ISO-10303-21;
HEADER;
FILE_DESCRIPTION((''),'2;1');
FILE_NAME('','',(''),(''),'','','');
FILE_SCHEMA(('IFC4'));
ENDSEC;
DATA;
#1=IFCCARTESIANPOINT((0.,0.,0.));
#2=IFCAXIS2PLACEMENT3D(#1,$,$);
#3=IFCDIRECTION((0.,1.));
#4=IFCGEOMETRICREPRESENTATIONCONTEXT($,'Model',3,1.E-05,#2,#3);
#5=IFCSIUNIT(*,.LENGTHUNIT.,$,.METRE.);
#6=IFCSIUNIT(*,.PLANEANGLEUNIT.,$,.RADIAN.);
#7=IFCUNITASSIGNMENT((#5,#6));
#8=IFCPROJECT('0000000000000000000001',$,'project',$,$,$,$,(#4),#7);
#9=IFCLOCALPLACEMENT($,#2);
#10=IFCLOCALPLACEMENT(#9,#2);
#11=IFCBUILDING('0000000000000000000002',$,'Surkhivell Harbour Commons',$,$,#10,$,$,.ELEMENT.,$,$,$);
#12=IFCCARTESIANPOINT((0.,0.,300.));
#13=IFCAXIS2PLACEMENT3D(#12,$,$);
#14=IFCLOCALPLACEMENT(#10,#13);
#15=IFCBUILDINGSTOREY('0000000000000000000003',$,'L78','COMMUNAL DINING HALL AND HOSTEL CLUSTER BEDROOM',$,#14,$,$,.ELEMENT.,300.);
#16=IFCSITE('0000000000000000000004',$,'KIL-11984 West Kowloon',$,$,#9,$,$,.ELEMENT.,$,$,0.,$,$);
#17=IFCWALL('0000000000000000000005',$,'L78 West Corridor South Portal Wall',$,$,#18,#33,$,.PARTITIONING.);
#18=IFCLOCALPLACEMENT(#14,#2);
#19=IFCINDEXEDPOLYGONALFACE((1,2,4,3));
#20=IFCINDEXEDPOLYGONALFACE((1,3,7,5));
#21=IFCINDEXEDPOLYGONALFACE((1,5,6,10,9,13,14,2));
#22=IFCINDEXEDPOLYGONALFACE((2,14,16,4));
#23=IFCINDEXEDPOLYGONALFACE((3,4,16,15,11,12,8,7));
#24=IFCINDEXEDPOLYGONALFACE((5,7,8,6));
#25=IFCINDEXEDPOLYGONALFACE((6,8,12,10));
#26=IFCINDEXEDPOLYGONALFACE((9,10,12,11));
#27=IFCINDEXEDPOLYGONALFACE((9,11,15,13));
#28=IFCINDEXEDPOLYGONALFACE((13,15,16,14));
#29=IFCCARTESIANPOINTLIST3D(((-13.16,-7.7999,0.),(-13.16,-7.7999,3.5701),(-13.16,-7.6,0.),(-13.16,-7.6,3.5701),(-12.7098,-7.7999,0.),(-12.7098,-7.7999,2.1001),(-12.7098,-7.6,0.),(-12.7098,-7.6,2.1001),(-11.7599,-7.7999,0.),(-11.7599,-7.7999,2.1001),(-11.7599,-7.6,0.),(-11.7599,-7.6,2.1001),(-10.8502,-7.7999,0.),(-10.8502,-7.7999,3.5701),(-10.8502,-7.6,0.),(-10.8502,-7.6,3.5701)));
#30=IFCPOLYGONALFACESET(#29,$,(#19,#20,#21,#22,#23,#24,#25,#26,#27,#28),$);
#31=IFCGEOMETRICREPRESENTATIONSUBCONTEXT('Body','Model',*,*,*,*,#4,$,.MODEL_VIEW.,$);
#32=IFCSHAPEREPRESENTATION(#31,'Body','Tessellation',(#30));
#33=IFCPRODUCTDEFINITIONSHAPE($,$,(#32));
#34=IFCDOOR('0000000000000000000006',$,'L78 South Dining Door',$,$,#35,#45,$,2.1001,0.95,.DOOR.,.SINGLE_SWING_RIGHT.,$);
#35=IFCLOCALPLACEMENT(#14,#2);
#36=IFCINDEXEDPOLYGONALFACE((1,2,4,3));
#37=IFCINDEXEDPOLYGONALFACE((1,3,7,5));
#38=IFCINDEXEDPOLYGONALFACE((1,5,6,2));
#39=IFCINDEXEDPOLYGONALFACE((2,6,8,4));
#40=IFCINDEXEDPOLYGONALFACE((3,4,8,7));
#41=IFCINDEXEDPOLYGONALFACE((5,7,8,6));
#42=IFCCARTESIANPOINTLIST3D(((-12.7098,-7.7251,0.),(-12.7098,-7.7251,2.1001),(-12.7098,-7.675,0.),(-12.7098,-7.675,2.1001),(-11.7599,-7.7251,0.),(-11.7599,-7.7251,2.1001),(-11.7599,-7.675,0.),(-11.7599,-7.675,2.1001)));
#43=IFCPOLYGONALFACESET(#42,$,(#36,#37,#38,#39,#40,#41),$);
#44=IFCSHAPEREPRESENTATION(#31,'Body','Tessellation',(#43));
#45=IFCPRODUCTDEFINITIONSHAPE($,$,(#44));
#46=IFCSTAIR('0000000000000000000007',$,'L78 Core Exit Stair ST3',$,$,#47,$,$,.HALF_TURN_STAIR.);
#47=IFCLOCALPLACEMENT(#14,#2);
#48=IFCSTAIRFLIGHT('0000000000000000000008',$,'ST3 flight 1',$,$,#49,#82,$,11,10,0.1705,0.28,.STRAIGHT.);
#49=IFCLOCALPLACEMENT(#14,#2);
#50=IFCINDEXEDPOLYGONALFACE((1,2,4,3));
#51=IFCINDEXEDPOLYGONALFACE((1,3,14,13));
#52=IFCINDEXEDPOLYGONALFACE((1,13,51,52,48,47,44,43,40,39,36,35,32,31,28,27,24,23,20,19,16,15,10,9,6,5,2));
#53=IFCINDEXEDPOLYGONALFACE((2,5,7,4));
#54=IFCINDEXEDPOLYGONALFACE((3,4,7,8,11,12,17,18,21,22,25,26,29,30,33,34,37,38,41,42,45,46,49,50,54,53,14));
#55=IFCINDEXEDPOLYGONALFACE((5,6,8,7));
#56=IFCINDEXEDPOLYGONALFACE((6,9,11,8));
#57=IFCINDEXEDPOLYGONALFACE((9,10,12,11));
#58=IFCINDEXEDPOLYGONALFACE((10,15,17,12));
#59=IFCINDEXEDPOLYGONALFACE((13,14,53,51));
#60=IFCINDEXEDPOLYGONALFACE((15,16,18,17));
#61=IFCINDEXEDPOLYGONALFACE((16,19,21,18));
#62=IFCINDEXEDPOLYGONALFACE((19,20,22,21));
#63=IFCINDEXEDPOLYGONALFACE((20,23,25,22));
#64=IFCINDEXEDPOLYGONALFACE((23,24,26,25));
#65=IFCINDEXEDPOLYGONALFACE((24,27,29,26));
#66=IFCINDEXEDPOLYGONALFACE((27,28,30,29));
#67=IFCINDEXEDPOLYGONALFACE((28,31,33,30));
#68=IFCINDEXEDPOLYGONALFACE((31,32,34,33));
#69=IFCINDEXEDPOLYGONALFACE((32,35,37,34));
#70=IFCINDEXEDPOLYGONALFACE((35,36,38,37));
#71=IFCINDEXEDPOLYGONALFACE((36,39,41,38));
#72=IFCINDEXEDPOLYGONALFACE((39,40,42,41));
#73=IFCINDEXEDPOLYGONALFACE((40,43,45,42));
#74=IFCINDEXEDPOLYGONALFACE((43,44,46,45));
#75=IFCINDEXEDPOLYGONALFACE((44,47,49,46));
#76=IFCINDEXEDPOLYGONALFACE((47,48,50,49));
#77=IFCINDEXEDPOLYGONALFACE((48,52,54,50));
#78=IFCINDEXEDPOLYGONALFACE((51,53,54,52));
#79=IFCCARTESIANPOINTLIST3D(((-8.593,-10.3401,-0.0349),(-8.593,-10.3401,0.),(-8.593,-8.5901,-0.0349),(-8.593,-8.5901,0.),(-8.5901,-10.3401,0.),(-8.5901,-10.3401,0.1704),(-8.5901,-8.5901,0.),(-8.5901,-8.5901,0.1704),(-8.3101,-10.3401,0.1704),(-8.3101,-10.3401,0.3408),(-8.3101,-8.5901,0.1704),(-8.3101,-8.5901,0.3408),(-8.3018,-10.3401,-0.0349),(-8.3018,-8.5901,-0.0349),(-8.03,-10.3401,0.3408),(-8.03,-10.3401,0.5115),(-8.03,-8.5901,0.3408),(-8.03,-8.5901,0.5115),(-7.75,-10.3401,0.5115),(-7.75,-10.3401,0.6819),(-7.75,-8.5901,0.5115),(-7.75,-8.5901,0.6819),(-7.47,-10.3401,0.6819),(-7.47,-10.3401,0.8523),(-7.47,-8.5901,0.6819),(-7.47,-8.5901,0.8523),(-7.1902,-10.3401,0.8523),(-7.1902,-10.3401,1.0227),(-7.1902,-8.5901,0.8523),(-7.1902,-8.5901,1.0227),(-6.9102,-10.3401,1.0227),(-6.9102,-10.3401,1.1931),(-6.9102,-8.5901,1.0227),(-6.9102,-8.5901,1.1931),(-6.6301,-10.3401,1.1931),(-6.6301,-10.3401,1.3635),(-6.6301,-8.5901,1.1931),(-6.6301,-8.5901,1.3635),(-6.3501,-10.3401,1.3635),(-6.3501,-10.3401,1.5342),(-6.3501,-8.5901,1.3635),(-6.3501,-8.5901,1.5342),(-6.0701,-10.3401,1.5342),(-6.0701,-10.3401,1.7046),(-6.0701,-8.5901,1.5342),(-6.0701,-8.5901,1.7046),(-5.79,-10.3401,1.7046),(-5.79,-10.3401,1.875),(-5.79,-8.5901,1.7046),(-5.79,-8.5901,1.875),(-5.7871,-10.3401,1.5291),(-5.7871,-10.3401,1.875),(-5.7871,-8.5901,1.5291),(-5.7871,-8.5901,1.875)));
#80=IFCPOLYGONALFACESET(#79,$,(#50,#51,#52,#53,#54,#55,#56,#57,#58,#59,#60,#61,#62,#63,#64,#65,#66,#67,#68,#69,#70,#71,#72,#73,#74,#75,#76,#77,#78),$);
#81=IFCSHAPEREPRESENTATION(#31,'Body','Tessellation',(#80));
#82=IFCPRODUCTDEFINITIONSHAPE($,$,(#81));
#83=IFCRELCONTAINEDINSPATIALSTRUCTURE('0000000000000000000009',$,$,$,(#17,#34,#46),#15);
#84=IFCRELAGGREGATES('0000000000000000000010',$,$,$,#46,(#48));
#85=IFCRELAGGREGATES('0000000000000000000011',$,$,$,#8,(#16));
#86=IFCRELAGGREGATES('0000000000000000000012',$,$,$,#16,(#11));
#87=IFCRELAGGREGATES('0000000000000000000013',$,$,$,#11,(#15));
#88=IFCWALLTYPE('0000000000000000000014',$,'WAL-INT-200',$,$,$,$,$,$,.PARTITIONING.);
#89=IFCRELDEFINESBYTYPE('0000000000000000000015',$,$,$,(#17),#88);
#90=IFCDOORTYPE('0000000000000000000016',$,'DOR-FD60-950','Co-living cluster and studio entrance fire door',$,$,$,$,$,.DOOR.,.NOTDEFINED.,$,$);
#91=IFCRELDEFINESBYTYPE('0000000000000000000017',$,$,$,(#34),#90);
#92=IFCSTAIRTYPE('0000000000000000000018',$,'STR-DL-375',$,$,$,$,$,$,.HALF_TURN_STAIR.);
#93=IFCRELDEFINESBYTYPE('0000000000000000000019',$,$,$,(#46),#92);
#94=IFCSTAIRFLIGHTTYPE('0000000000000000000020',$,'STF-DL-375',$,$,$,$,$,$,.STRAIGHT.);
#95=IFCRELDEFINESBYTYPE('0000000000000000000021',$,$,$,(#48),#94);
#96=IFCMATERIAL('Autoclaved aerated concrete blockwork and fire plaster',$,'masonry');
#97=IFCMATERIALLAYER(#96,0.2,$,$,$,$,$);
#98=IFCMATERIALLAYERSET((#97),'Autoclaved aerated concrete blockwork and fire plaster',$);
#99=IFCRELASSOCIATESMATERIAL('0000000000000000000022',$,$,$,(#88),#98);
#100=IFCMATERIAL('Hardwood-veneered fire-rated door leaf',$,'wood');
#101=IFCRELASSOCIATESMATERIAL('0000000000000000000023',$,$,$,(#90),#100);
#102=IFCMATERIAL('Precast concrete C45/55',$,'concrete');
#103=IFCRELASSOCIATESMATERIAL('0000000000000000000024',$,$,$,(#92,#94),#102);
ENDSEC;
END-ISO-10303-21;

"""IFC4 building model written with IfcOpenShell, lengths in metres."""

from ifc_helpers import new_model, si_unit, direction, frame, frame_2d, origin, place, context, subcontext, project, spatial, polyline, rectangle, outline, extrude, material, layer, layer_set, type_object, element, fill, aggregate, save


model = new_model("IFC4")

# Units and contexts
model_context = context("Model", 3, precision=1e-05, world=origin(), true_north=direction((0.0, 1.0)))
body_context = subcontext(model_context, "Body", "Model", "MODEL_VIEW")
ifc_project = project(units=[si_unit("LENGTHUNIT", "METRE"), si_unit("PLANEANGLEUNIT", "RADIAN")], contexts=[model_context])

# Site, building, storey
site_placement = place(None, origin())
site = spatial("IfcSite", under=ifc_project, at=site_placement, Name="KIL-11984 West Kowloon", CompositionType="ELEMENT", RefElevation=0.0)
building_placement = place(site_placement, origin())
building = spatial("IfcBuilding", under=site, at=building_placement, Name="Surkhivell Harbour Commons", CompositionType="ELEMENT")
storey_placement = place(building_placement, frame((0.0, 0.0, 300.0)))
storey = spatial("IfcBuildingStorey", under=building, at=storey_placement, Name="L78", Description="COMMUNAL DINING HALL AND HOSTEL CLUSTER BEDROOM", CompositionType="ELEMENT", Elevation=300.0)

# Shared definitions
ifc_material_1 = material(Name="Autoclaved aerated concrete blockwork and fire plaster", Category="masonry")
ifc_layer_1 = layer(ifc_material_1, 0.2)
ifc_layer_set_1 = layer_set([ifc_layer_1], Name="Autoclaved aerated concrete blockwork and fire plaster")
wall_type_1 = type_object("IfcWallType", Name="WAL-INT-200", PredefinedType="PARTITIONING", material=ifc_layer_set_1)
ifc_material_2 = material(Name="Hardwood-veneered fire-rated door leaf", Category="wood")
door_type_1 = type_object("IfcDoorType", Name="DOR-FD60-950", Description="Co-living cluster and studio entrance fire door", OperationType="NOTDEFINED", PredefinedType="DOOR", material=ifc_material_2)

# Wall, opening, door
wall_1_placement = place(storey_placement, frame((-13.1599, -7.7, 0.0), z_axis=(0.0, 0.0, 1.0), x_axis=(1.0, 0.0, 0.0)))
wall_1 = element("IfcWall", 1, at=wall_1_placement, inside=storey, type_object=wall_type_1, Name="L78 West Corridor South Portal Wall", PredefinedType="PARTITIONING", context=body_context, shape_type="SweptSolid", body=[
    extrude(rectangle(XDim=2.3098, YDim=0.2, at=frame_2d((1.1548, 0.0))), origin(), (0.0, 0.0, 1.0), 3.5701),
])
opening_1_placement = place(wall_1_placement, frame((0.45, 0.0, 0.0)))
opening_1 = element("IfcOpeningElement", 2, at=opening_1_placement, cuts=wall_1, PredefinedType="OPENING", context=body_context, shape_type="SweptSolid", body=[
    extrude(rectangle(XDim=0.95, YDim=2.1001, at=frame_2d((0.4751, 1.05))), frame((0.0, 0.1099, 0.0), z_axis=(0.0, -1.0, 0.0), x_axis=(1.0, 0.0, 0.0)), (0.0, 0.0, 1.0), 0.22),
])
door_1_placement = place(opening_1_placement, origin())
door_1 = element("IfcDoor", 3, at=door_1_placement, inside=storey, type_object=door_type_1, Name="L78 South Dining Door", OperationType="SINGLE_SWING_RIGHT", OverallHeight=2.1001, OverallWidth=0.95, PredefinedType="DOOR", context=body_context, shape_type="SweptSolid", body=[
    extrude(rectangle(XDim=0.95, YDim=2.1001, at=frame_2d((0.4751, 1.05))), frame((0.0, 0.0249, 0.0), z_axis=(0.0, -1.0, 0.0), x_axis=(1.0, 0.0, 0.0)), (0.0, 0.0, 1.0), 0.05),
])
fill(opening_1, door_1)

# Stair, stair flight
ifc_material_3 = material(Name="Precast concrete C45/55", Category="concrete")
stair_type = type_object("IfcStairType", Name="STR-DL-375", PredefinedType="HALF_TURN_STAIR", material=ifc_material_3)
stair_placement = place(storey_placement, origin())
stair = element("IfcStair", 4, at=stair_placement, inside=storey, type_object=stair_type, Name="L78 Core Exit Stair ST3", PredefinedType="HALF_TURN_STAIR")
stair_flight_type = type_object("IfcStairFlightType", Name="STF-DL-375", PredefinedType="STRAIGHT", material=ifc_material_3)
stair_flight_placement = place(storey_placement, frame((-8.5901, -9.4651, 0.0), z_axis=(0.0, 0.0, 1.0), x_axis=(1.0, 0.0, 0.0)))
stair_flight = element("IfcStairFlight", 5, at=stair_flight_placement, type_object=stair_flight_type, Name="ST3 flight 1", NumberOfRisers=11, NumberOfTreads=10, PredefinedType="STRAIGHT", RiserHeight=0.1705, TreadLength=0.28, context=body_context, shape_type="SweptSolid", body=[
    extrude(outline(polyline([(-0.0029, -0.0349), (-0.0029, 0.0), (0.0, 0.0), (0.0, 0.1704), (0.28, 0.1704), (0.28, 0.3408), (0.5601, 0.3408), (0.5601, 0.5115), (0.8401, 0.5115), (0.8401, 0.6819), (1.1201, 0.6819), (1.1201, 0.8523), (1.3999, 0.8523), (1.3999, 1.0227), (1.6799, 1.0227), (1.6799, 1.1931), (1.96, 1.1931), (1.96, 1.3635), (2.24, 1.3635), (2.24, 1.5342), (2.52, 1.5342), (2.52, 1.7046), (2.8, 1.7046), (2.8, 1.875), (2.803, 1.875), (2.803, 1.5291), (0.2883, -0.0349), (-0.0029, -0.0349)])), frame((0.0, 0.875, 0.0), z_axis=(0.0, -1.0, 0.0), x_axis=(1.0, 0.0, 0.0)), (0.0, 0.0, 1.0), 1.75),
])
aggregate(stair, [stair_flight])

save(model, "model.ifc")
